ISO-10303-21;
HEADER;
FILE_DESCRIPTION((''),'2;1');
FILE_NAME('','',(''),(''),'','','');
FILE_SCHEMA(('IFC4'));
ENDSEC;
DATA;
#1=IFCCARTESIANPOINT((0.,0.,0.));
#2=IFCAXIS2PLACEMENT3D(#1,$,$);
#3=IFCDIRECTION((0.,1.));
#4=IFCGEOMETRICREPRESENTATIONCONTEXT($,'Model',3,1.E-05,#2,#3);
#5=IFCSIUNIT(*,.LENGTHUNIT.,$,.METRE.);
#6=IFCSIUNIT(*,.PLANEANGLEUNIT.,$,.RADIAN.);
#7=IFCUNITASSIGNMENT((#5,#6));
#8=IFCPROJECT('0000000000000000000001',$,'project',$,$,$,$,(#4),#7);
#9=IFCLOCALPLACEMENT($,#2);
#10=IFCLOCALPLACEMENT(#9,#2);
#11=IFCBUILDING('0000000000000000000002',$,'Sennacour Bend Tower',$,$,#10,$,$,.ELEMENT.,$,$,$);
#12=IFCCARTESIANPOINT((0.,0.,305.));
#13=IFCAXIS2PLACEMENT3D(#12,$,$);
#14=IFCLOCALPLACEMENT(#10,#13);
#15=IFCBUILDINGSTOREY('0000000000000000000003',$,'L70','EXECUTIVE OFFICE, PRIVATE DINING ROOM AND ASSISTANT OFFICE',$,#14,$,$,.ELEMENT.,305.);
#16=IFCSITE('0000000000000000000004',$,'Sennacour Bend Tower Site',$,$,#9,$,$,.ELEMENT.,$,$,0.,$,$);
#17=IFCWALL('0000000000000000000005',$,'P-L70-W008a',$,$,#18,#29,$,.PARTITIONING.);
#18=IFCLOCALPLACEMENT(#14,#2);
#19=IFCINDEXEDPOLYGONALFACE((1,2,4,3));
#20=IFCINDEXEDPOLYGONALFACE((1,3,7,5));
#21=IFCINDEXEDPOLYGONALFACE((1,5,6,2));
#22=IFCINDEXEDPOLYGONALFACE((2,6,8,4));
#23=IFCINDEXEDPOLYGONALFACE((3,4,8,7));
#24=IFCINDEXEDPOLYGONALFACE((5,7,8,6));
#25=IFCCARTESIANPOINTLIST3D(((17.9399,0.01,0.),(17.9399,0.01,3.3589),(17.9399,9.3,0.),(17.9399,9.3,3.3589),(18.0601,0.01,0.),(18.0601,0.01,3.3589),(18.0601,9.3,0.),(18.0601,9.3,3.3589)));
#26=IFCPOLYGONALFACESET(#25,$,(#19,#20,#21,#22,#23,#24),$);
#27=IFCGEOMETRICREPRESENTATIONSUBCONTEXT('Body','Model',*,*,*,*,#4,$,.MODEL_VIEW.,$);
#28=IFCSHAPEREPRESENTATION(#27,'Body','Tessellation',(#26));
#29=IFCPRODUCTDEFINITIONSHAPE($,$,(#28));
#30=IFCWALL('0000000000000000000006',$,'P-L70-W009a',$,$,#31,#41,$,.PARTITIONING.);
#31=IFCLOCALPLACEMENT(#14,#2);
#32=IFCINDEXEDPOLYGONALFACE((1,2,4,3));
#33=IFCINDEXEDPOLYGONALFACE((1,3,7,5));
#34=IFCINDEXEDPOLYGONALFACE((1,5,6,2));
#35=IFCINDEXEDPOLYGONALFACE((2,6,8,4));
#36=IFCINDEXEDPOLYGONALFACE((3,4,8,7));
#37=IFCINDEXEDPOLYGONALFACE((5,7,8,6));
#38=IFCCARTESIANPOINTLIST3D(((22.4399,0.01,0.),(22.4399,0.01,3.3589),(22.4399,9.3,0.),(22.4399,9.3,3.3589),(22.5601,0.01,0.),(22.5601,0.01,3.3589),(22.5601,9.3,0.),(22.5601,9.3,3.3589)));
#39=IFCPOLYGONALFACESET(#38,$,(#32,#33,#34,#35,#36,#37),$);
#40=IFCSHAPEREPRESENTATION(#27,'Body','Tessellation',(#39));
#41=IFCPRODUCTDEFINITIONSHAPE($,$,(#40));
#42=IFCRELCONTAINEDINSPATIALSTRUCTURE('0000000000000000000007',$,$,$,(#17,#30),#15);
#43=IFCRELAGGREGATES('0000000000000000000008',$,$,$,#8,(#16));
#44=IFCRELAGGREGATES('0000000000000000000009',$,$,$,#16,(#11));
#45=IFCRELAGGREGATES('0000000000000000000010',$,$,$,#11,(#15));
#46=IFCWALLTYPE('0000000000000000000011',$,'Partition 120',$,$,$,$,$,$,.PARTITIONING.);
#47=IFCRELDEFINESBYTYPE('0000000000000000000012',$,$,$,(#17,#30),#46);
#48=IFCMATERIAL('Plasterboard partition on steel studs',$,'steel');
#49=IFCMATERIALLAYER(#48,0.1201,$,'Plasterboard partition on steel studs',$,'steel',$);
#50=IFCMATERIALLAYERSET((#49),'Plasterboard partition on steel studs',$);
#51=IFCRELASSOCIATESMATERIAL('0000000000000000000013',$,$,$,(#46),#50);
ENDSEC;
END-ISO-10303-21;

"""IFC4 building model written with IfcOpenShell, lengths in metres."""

from ifc_helpers import new_model, si_unit, direction, frame, frame_2d, origin, place, context, subcontext, project, spatial, rectangle, extrude, material, layer, layer_set, type_object, element, save


model = new_model("IFC4")

# Units and contexts
model_context = context("Model", 3, precision=1e-05, world=origin(), true_north=direction((0.0, 1.0)))
body_context = subcontext(model_context, "Body", "Model", "MODEL_VIEW")
ifc_project = project(units=[si_unit("LENGTHUNIT", "METRE"), si_unit("PLANEANGLEUNIT", "RADIAN")], contexts=[model_context])

# Site, building, storey
site_placement = place(None, origin())
site = spatial("IfcSite", under=ifc_project, at=site_placement, Name="Sennacour Bend Tower Site", CompositionType="ELEMENT", RefElevation=0.0)
building_placement = place(site_placement, origin())
building = spatial("IfcBuilding", under=site, at=building_placement, Name="Sennacour Bend Tower", CompositionType="ELEMENT")
storey_placement = place(building_placement, frame((0.0, 0.0, 305.0)))
storey = spatial("IfcBuildingStorey", under=building, at=storey_placement, Name="L70", Description="EXECUTIVE OFFICE, PRIVATE DINING ROOM AND ASSISTANT OFFICE", CompositionType="ELEMENT", Elevation=305.0)

# Walls
ifc_material_1 = material(Name="Plasterboard partition on steel studs", Category="steel")
ifc_layer_1 = layer(ifc_material_1, 0.1201, Name="Plasterboard partition on steel studs", Category="steel")
ifc_layer_set_1 = layer_set([ifc_layer_1], Name="Plasterboard partition on steel studs")
wall_type = type_object("IfcWallType", Name="Partition 120", PredefinedType="PARTITIONING", material=ifc_layer_set_1)
for number, where, z_axis, x_axis, name in (
    (1, (18.0, 0.01, 0.0), (0.0, 0.0, 1.0), (0.0, 1.0, 0.0), "P-L70-W008a"),
    (2, (22.5, 0.01, 0.0), (0.0, 0.0, 1.0), (0.0, 1.0, 0.0), "P-L70-W009a"),
):
    element("IfcWall", number, at=place(storey_placement, frame(where, z_axis=z_axis, x_axis=x_axis)), inside=storey, type_object=wall_type, Name=name, PredefinedType="PARTITIONING", context=body_context, shape_type="SweptSolid", body=[
        extrude(rectangle(XDim=9.29, YDim=0.1201, at=frame_2d((4.645, 0.0))), origin(), (0.0, 0.0, 1.0), 3.3589),
    ])

save(model, "model.ifc")
